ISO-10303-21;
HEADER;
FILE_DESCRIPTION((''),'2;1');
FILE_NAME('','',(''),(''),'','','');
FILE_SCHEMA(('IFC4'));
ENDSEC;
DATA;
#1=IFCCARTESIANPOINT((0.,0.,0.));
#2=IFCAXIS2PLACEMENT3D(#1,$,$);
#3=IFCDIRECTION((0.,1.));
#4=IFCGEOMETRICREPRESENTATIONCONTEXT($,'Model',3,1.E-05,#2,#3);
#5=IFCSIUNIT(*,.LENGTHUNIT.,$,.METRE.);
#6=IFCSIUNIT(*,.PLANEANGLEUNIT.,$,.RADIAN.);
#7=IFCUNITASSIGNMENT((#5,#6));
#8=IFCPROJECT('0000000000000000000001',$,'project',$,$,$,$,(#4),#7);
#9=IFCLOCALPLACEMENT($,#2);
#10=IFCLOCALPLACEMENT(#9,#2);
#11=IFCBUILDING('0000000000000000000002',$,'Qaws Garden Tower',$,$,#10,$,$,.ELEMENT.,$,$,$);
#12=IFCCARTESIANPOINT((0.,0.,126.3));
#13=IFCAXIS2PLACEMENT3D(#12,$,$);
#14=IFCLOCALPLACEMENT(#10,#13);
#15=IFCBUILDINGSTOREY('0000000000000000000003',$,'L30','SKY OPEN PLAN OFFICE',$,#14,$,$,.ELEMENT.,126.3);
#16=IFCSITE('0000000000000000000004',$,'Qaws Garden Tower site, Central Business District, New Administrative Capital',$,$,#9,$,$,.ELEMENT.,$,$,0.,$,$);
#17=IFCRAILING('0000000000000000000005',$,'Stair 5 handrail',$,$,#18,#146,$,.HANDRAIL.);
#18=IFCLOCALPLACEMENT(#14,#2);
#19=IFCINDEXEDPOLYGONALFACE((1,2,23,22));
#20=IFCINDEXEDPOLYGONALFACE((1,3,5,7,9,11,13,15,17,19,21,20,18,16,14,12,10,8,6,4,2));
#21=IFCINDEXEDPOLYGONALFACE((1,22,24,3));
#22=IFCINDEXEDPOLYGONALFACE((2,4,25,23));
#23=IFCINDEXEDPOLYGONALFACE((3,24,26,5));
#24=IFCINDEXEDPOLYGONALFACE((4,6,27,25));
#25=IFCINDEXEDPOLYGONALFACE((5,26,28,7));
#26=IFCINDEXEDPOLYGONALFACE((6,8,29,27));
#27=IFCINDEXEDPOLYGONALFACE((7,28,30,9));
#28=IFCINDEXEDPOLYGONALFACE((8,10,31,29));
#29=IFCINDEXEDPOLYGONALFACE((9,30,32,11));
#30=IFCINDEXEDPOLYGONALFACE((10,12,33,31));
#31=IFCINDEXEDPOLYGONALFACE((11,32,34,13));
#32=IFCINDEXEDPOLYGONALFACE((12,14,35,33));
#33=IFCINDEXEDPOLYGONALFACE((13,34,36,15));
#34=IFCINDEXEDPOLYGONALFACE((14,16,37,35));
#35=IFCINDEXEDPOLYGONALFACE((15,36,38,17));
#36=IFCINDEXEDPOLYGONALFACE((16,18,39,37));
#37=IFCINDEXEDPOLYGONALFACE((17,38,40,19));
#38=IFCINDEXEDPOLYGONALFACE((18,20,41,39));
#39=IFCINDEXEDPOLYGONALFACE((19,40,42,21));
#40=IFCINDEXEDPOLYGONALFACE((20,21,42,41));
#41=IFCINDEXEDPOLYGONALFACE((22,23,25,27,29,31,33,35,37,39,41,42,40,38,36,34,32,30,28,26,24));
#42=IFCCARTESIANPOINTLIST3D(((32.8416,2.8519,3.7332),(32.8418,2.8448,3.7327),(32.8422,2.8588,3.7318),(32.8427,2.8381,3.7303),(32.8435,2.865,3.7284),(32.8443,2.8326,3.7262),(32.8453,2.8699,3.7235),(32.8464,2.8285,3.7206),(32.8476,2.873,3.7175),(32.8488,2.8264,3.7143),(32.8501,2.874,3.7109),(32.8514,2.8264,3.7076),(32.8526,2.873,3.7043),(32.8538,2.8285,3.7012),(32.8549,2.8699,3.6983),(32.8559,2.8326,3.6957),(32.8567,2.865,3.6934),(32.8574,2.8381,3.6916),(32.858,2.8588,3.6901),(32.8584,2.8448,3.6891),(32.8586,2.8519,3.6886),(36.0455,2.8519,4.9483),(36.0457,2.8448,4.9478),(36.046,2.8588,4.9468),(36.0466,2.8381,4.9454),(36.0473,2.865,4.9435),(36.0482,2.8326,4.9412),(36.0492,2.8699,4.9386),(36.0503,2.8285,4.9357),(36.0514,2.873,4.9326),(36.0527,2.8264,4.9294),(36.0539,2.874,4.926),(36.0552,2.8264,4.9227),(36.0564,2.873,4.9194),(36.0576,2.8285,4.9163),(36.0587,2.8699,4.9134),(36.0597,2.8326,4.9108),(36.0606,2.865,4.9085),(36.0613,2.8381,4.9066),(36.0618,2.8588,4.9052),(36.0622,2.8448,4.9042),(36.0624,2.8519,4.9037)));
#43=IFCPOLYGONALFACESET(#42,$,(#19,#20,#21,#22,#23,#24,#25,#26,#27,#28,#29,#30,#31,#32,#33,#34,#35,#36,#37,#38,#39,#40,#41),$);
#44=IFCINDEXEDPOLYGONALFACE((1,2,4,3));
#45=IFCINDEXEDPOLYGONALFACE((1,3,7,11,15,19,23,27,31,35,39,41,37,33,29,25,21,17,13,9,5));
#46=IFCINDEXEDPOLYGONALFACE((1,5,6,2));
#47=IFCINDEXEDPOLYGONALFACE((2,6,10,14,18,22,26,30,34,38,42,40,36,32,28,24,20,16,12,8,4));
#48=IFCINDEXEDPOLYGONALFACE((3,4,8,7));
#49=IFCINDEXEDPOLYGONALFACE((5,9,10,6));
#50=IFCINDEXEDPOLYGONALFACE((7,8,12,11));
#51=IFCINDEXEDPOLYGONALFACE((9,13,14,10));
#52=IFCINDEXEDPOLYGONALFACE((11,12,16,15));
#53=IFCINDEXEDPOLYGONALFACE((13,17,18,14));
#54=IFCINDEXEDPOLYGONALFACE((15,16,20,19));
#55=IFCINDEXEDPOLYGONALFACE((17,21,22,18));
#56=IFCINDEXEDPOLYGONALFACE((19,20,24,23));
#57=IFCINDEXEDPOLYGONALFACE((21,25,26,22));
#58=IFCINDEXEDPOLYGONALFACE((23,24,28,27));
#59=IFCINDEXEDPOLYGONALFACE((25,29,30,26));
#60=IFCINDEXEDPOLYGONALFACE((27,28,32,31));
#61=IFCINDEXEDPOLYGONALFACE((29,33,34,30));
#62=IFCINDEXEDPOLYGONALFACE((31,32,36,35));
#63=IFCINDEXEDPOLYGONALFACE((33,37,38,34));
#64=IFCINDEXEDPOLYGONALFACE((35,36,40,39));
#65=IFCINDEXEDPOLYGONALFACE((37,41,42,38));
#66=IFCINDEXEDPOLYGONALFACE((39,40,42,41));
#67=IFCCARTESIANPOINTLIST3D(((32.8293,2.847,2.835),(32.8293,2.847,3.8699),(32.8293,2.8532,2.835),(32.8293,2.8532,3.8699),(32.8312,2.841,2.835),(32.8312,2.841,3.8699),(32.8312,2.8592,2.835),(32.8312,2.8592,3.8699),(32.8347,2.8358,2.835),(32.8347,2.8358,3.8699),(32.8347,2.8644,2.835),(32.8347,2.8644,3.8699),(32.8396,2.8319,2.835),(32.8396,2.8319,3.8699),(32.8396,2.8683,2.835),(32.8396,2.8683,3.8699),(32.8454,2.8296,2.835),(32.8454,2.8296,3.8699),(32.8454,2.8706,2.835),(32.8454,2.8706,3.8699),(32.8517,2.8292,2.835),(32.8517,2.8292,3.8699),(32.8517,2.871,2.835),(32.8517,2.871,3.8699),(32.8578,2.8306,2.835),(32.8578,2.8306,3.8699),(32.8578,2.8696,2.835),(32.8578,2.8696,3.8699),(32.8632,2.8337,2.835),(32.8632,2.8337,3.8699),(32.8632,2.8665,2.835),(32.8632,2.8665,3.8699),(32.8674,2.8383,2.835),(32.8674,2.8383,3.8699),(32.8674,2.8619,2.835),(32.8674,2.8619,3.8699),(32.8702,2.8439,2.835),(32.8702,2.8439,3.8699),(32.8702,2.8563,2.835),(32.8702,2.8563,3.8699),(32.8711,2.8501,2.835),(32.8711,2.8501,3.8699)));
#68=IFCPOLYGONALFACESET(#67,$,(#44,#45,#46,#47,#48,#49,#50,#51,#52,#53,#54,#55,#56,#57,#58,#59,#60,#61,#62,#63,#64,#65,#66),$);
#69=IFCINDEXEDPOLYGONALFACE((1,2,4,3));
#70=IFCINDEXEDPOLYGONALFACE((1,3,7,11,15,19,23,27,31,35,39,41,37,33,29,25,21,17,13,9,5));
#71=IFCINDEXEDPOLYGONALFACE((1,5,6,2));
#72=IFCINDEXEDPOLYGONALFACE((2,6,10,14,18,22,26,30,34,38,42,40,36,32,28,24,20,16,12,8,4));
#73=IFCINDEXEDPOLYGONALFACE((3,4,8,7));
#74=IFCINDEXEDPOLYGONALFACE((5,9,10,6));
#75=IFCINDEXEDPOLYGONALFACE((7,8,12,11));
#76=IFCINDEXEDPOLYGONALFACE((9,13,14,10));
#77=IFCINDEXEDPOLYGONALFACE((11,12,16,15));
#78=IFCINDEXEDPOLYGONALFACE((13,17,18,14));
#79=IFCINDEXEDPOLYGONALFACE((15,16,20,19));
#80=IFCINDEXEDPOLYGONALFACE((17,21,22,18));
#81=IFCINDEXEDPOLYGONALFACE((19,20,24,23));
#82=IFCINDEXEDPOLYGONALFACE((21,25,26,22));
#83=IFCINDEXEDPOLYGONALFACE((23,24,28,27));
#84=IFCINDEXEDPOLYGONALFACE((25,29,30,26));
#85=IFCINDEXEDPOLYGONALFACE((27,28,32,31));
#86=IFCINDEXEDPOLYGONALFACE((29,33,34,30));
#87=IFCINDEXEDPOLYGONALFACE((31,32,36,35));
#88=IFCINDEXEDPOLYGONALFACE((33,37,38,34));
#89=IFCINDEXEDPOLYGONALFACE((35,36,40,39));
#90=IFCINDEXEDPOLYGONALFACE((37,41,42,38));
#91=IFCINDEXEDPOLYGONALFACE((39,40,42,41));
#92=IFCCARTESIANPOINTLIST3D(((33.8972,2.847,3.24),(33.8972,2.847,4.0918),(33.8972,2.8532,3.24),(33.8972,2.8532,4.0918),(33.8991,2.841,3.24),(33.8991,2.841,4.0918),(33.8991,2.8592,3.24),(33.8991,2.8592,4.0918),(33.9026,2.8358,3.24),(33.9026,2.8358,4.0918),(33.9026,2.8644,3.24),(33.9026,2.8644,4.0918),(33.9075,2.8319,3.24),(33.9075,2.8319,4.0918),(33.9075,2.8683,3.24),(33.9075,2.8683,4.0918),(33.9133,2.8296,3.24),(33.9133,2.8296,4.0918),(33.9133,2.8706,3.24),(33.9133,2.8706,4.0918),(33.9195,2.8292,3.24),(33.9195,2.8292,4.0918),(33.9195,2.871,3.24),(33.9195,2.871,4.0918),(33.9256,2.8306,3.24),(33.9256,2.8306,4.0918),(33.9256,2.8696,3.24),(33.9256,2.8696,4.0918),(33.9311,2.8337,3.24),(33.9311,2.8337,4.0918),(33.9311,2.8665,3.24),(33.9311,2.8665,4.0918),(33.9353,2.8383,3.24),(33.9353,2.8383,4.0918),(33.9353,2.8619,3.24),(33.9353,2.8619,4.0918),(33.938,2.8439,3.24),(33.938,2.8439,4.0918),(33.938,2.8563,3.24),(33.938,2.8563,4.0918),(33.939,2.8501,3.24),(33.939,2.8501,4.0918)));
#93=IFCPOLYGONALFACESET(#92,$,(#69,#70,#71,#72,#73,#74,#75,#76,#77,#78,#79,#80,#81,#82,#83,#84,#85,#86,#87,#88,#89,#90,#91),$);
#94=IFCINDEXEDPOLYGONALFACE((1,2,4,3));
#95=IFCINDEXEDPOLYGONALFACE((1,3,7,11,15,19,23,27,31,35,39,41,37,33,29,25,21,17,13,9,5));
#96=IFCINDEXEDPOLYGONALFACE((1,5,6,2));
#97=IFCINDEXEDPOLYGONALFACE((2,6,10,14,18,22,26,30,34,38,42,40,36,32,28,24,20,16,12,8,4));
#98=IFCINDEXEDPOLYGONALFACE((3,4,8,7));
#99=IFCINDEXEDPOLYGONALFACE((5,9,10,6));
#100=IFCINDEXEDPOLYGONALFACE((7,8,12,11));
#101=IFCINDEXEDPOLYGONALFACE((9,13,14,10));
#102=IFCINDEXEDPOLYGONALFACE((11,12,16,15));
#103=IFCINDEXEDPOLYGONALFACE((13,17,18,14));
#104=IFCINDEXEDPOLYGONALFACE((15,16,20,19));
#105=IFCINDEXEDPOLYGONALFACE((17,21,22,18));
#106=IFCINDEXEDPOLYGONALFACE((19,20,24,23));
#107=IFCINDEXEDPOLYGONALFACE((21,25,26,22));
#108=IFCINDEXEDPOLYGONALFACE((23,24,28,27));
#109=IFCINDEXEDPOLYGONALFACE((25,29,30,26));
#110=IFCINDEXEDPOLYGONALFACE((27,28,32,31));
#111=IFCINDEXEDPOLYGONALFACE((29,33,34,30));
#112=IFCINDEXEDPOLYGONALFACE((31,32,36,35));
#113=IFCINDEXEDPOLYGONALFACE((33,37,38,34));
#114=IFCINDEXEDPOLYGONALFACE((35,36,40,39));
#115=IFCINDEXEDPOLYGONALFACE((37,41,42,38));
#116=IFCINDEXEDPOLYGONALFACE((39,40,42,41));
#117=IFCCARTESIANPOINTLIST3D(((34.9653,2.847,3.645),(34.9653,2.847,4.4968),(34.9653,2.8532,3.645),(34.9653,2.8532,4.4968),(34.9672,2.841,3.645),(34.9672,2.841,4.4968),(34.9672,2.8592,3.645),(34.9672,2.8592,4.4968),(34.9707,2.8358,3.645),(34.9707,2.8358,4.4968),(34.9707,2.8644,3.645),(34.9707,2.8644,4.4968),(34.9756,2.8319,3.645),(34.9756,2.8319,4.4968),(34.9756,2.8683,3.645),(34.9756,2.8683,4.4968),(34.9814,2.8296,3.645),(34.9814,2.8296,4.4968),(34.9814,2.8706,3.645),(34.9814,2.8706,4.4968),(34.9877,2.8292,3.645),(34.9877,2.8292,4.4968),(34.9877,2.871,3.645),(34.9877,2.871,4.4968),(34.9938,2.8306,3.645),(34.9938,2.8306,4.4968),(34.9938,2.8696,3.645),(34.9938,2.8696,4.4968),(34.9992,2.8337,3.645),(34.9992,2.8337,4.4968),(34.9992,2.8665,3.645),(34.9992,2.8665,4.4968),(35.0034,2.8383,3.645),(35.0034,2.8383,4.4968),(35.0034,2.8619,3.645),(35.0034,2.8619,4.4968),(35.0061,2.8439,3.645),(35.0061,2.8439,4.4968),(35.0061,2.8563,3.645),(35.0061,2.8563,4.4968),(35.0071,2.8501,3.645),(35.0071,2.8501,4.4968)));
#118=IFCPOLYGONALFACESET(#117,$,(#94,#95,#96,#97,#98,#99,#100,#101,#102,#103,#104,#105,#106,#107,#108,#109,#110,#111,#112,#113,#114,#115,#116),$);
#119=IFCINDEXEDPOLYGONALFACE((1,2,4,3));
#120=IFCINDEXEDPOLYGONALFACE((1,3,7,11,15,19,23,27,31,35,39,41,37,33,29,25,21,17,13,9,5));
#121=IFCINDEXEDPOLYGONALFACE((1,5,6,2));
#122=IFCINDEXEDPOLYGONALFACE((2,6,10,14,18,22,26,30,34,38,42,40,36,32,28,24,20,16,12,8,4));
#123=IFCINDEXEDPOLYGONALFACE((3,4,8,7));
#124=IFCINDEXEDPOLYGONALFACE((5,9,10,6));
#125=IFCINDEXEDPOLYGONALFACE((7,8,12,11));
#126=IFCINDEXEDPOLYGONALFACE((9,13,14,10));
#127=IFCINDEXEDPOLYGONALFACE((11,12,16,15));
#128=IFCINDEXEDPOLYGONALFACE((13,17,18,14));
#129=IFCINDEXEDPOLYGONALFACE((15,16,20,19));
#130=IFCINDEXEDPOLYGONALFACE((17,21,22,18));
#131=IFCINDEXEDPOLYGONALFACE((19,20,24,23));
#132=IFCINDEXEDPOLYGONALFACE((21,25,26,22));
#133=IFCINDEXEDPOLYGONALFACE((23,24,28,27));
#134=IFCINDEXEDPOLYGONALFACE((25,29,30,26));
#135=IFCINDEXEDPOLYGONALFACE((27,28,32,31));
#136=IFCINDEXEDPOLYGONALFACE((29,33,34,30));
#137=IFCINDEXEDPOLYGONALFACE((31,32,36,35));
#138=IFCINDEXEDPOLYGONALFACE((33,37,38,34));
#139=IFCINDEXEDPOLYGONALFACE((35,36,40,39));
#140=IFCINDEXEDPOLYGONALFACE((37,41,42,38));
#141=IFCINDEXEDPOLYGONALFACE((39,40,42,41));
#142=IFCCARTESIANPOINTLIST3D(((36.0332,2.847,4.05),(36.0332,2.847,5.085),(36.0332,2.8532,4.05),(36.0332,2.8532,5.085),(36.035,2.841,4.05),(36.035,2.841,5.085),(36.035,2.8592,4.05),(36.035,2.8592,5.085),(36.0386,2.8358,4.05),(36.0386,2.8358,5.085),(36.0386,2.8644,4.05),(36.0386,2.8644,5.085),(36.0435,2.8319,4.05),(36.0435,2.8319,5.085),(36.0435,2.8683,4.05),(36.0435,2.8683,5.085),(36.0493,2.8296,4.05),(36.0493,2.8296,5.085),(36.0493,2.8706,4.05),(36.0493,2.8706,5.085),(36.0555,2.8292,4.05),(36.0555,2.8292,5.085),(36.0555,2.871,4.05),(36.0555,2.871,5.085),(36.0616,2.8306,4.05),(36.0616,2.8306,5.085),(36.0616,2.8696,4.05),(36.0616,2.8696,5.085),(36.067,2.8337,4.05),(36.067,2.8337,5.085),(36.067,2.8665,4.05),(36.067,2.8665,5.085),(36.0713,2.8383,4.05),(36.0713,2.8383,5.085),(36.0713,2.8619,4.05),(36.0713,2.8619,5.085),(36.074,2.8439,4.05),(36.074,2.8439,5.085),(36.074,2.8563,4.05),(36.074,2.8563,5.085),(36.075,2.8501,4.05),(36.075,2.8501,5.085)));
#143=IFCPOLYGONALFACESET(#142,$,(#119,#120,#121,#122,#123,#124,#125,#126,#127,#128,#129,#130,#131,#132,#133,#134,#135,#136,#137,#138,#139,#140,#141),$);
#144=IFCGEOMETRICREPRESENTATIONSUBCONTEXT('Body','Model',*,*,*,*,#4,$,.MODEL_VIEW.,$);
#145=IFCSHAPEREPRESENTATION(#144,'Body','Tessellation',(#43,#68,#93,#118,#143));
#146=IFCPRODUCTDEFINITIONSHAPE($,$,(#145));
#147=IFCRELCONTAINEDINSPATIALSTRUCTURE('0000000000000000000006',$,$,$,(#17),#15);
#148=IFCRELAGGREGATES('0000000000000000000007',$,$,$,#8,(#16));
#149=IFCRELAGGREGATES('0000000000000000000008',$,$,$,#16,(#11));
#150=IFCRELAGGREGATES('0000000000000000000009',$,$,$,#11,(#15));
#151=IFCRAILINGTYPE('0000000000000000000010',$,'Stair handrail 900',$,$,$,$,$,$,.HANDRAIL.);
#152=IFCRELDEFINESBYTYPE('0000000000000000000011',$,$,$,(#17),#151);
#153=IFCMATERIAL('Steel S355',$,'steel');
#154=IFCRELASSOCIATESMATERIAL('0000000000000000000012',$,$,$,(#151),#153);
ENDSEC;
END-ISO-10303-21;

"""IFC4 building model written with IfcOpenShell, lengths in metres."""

from ifc_helpers import new_model, si_unit, direction, frame, origin, origin_2d, place, context, subcontext, project, spatial, circle, extrude, material, type_object, element, save


model = new_model("IFC4")

# Units and contexts
model_context = context("Model", 3, precision=1e-05, world=origin(), true_north=direction((0.0, 1.0)))
body_context = subcontext(model_context, "Body", "Model", "MODEL_VIEW")
ifc_project = project(units=[si_unit("LENGTHUNIT", "METRE"), si_unit("PLANEANGLEUNIT", "RADIAN")], contexts=[model_context])

# Site, building, storey
site_placement = place(None, origin())
site = spatial("IfcSite", under=ifc_project, at=site_placement, Name="Qaws Garden Tower site, Central Business District, New Administrative Capital", CompositionType="ELEMENT", RefElevation=0.0)
building_placement = place(site_placement, origin())
building = spatial("IfcBuilding", under=site, at=building_placement, Name="Qaws Garden Tower", CompositionType="ELEMENT")
storey_placement = place(building_placement, frame((0.0, 0.0, 126.3)))
storey = spatial("IfcBuildingStorey", under=building, at=storey_placement, Name="L30", Description="SKY OPEN PLAN OFFICE", CompositionType="ELEMENT", Elevation=126.3)

# Railing
ifc_material_1 = material(Name="Steel S355", Category="steel")
railing_type = type_object("IfcRailingType", Name="Stair handrail 900", PredefinedType="HANDRAIL", material=ifc_material_1)
railing_1_placement = place(storey_placement, frame((32.8501, 2.8501, 2.835)))
element("IfcRailing", 1, at=railing_1_placement, inside=storey, type_object=railing_type, Name="Stair 5 handrail", PredefinedType="HANDRAIL", context=body_context, shape_type="SweptSolid", body=[
    extrude(circle(Radius=0.0239, at=origin_2d()), frame((0.0, 0.0, 0.876), z_axis=(0.935014, 0.0, 0.354611), x_axis=(0.0, 1.0, 0.0)), (0.0, 0.0, 1.0), 3.4265),
    extrude(circle(Radius=0.021, at=origin_2d()), origin(), (0.0, 0.0, 1.0), 1.0349),
    extrude(circle(Radius=0.021, at=origin_2d()), frame((1.0679, 0.0, 0.405)), (0.0, 0.0, 1.0), 0.8518),
    extrude(circle(Radius=0.021, at=origin_2d()), frame((2.136, 0.0, 0.8101)), (0.0, 0.0, 1.0), 0.8518),
    extrude(circle(Radius=0.021, at=origin_2d()), frame((3.2039, 0.0, 1.2151)), (0.0, 0.0, 1.0), 1.0349),
])

save(model, "model.ifc")
